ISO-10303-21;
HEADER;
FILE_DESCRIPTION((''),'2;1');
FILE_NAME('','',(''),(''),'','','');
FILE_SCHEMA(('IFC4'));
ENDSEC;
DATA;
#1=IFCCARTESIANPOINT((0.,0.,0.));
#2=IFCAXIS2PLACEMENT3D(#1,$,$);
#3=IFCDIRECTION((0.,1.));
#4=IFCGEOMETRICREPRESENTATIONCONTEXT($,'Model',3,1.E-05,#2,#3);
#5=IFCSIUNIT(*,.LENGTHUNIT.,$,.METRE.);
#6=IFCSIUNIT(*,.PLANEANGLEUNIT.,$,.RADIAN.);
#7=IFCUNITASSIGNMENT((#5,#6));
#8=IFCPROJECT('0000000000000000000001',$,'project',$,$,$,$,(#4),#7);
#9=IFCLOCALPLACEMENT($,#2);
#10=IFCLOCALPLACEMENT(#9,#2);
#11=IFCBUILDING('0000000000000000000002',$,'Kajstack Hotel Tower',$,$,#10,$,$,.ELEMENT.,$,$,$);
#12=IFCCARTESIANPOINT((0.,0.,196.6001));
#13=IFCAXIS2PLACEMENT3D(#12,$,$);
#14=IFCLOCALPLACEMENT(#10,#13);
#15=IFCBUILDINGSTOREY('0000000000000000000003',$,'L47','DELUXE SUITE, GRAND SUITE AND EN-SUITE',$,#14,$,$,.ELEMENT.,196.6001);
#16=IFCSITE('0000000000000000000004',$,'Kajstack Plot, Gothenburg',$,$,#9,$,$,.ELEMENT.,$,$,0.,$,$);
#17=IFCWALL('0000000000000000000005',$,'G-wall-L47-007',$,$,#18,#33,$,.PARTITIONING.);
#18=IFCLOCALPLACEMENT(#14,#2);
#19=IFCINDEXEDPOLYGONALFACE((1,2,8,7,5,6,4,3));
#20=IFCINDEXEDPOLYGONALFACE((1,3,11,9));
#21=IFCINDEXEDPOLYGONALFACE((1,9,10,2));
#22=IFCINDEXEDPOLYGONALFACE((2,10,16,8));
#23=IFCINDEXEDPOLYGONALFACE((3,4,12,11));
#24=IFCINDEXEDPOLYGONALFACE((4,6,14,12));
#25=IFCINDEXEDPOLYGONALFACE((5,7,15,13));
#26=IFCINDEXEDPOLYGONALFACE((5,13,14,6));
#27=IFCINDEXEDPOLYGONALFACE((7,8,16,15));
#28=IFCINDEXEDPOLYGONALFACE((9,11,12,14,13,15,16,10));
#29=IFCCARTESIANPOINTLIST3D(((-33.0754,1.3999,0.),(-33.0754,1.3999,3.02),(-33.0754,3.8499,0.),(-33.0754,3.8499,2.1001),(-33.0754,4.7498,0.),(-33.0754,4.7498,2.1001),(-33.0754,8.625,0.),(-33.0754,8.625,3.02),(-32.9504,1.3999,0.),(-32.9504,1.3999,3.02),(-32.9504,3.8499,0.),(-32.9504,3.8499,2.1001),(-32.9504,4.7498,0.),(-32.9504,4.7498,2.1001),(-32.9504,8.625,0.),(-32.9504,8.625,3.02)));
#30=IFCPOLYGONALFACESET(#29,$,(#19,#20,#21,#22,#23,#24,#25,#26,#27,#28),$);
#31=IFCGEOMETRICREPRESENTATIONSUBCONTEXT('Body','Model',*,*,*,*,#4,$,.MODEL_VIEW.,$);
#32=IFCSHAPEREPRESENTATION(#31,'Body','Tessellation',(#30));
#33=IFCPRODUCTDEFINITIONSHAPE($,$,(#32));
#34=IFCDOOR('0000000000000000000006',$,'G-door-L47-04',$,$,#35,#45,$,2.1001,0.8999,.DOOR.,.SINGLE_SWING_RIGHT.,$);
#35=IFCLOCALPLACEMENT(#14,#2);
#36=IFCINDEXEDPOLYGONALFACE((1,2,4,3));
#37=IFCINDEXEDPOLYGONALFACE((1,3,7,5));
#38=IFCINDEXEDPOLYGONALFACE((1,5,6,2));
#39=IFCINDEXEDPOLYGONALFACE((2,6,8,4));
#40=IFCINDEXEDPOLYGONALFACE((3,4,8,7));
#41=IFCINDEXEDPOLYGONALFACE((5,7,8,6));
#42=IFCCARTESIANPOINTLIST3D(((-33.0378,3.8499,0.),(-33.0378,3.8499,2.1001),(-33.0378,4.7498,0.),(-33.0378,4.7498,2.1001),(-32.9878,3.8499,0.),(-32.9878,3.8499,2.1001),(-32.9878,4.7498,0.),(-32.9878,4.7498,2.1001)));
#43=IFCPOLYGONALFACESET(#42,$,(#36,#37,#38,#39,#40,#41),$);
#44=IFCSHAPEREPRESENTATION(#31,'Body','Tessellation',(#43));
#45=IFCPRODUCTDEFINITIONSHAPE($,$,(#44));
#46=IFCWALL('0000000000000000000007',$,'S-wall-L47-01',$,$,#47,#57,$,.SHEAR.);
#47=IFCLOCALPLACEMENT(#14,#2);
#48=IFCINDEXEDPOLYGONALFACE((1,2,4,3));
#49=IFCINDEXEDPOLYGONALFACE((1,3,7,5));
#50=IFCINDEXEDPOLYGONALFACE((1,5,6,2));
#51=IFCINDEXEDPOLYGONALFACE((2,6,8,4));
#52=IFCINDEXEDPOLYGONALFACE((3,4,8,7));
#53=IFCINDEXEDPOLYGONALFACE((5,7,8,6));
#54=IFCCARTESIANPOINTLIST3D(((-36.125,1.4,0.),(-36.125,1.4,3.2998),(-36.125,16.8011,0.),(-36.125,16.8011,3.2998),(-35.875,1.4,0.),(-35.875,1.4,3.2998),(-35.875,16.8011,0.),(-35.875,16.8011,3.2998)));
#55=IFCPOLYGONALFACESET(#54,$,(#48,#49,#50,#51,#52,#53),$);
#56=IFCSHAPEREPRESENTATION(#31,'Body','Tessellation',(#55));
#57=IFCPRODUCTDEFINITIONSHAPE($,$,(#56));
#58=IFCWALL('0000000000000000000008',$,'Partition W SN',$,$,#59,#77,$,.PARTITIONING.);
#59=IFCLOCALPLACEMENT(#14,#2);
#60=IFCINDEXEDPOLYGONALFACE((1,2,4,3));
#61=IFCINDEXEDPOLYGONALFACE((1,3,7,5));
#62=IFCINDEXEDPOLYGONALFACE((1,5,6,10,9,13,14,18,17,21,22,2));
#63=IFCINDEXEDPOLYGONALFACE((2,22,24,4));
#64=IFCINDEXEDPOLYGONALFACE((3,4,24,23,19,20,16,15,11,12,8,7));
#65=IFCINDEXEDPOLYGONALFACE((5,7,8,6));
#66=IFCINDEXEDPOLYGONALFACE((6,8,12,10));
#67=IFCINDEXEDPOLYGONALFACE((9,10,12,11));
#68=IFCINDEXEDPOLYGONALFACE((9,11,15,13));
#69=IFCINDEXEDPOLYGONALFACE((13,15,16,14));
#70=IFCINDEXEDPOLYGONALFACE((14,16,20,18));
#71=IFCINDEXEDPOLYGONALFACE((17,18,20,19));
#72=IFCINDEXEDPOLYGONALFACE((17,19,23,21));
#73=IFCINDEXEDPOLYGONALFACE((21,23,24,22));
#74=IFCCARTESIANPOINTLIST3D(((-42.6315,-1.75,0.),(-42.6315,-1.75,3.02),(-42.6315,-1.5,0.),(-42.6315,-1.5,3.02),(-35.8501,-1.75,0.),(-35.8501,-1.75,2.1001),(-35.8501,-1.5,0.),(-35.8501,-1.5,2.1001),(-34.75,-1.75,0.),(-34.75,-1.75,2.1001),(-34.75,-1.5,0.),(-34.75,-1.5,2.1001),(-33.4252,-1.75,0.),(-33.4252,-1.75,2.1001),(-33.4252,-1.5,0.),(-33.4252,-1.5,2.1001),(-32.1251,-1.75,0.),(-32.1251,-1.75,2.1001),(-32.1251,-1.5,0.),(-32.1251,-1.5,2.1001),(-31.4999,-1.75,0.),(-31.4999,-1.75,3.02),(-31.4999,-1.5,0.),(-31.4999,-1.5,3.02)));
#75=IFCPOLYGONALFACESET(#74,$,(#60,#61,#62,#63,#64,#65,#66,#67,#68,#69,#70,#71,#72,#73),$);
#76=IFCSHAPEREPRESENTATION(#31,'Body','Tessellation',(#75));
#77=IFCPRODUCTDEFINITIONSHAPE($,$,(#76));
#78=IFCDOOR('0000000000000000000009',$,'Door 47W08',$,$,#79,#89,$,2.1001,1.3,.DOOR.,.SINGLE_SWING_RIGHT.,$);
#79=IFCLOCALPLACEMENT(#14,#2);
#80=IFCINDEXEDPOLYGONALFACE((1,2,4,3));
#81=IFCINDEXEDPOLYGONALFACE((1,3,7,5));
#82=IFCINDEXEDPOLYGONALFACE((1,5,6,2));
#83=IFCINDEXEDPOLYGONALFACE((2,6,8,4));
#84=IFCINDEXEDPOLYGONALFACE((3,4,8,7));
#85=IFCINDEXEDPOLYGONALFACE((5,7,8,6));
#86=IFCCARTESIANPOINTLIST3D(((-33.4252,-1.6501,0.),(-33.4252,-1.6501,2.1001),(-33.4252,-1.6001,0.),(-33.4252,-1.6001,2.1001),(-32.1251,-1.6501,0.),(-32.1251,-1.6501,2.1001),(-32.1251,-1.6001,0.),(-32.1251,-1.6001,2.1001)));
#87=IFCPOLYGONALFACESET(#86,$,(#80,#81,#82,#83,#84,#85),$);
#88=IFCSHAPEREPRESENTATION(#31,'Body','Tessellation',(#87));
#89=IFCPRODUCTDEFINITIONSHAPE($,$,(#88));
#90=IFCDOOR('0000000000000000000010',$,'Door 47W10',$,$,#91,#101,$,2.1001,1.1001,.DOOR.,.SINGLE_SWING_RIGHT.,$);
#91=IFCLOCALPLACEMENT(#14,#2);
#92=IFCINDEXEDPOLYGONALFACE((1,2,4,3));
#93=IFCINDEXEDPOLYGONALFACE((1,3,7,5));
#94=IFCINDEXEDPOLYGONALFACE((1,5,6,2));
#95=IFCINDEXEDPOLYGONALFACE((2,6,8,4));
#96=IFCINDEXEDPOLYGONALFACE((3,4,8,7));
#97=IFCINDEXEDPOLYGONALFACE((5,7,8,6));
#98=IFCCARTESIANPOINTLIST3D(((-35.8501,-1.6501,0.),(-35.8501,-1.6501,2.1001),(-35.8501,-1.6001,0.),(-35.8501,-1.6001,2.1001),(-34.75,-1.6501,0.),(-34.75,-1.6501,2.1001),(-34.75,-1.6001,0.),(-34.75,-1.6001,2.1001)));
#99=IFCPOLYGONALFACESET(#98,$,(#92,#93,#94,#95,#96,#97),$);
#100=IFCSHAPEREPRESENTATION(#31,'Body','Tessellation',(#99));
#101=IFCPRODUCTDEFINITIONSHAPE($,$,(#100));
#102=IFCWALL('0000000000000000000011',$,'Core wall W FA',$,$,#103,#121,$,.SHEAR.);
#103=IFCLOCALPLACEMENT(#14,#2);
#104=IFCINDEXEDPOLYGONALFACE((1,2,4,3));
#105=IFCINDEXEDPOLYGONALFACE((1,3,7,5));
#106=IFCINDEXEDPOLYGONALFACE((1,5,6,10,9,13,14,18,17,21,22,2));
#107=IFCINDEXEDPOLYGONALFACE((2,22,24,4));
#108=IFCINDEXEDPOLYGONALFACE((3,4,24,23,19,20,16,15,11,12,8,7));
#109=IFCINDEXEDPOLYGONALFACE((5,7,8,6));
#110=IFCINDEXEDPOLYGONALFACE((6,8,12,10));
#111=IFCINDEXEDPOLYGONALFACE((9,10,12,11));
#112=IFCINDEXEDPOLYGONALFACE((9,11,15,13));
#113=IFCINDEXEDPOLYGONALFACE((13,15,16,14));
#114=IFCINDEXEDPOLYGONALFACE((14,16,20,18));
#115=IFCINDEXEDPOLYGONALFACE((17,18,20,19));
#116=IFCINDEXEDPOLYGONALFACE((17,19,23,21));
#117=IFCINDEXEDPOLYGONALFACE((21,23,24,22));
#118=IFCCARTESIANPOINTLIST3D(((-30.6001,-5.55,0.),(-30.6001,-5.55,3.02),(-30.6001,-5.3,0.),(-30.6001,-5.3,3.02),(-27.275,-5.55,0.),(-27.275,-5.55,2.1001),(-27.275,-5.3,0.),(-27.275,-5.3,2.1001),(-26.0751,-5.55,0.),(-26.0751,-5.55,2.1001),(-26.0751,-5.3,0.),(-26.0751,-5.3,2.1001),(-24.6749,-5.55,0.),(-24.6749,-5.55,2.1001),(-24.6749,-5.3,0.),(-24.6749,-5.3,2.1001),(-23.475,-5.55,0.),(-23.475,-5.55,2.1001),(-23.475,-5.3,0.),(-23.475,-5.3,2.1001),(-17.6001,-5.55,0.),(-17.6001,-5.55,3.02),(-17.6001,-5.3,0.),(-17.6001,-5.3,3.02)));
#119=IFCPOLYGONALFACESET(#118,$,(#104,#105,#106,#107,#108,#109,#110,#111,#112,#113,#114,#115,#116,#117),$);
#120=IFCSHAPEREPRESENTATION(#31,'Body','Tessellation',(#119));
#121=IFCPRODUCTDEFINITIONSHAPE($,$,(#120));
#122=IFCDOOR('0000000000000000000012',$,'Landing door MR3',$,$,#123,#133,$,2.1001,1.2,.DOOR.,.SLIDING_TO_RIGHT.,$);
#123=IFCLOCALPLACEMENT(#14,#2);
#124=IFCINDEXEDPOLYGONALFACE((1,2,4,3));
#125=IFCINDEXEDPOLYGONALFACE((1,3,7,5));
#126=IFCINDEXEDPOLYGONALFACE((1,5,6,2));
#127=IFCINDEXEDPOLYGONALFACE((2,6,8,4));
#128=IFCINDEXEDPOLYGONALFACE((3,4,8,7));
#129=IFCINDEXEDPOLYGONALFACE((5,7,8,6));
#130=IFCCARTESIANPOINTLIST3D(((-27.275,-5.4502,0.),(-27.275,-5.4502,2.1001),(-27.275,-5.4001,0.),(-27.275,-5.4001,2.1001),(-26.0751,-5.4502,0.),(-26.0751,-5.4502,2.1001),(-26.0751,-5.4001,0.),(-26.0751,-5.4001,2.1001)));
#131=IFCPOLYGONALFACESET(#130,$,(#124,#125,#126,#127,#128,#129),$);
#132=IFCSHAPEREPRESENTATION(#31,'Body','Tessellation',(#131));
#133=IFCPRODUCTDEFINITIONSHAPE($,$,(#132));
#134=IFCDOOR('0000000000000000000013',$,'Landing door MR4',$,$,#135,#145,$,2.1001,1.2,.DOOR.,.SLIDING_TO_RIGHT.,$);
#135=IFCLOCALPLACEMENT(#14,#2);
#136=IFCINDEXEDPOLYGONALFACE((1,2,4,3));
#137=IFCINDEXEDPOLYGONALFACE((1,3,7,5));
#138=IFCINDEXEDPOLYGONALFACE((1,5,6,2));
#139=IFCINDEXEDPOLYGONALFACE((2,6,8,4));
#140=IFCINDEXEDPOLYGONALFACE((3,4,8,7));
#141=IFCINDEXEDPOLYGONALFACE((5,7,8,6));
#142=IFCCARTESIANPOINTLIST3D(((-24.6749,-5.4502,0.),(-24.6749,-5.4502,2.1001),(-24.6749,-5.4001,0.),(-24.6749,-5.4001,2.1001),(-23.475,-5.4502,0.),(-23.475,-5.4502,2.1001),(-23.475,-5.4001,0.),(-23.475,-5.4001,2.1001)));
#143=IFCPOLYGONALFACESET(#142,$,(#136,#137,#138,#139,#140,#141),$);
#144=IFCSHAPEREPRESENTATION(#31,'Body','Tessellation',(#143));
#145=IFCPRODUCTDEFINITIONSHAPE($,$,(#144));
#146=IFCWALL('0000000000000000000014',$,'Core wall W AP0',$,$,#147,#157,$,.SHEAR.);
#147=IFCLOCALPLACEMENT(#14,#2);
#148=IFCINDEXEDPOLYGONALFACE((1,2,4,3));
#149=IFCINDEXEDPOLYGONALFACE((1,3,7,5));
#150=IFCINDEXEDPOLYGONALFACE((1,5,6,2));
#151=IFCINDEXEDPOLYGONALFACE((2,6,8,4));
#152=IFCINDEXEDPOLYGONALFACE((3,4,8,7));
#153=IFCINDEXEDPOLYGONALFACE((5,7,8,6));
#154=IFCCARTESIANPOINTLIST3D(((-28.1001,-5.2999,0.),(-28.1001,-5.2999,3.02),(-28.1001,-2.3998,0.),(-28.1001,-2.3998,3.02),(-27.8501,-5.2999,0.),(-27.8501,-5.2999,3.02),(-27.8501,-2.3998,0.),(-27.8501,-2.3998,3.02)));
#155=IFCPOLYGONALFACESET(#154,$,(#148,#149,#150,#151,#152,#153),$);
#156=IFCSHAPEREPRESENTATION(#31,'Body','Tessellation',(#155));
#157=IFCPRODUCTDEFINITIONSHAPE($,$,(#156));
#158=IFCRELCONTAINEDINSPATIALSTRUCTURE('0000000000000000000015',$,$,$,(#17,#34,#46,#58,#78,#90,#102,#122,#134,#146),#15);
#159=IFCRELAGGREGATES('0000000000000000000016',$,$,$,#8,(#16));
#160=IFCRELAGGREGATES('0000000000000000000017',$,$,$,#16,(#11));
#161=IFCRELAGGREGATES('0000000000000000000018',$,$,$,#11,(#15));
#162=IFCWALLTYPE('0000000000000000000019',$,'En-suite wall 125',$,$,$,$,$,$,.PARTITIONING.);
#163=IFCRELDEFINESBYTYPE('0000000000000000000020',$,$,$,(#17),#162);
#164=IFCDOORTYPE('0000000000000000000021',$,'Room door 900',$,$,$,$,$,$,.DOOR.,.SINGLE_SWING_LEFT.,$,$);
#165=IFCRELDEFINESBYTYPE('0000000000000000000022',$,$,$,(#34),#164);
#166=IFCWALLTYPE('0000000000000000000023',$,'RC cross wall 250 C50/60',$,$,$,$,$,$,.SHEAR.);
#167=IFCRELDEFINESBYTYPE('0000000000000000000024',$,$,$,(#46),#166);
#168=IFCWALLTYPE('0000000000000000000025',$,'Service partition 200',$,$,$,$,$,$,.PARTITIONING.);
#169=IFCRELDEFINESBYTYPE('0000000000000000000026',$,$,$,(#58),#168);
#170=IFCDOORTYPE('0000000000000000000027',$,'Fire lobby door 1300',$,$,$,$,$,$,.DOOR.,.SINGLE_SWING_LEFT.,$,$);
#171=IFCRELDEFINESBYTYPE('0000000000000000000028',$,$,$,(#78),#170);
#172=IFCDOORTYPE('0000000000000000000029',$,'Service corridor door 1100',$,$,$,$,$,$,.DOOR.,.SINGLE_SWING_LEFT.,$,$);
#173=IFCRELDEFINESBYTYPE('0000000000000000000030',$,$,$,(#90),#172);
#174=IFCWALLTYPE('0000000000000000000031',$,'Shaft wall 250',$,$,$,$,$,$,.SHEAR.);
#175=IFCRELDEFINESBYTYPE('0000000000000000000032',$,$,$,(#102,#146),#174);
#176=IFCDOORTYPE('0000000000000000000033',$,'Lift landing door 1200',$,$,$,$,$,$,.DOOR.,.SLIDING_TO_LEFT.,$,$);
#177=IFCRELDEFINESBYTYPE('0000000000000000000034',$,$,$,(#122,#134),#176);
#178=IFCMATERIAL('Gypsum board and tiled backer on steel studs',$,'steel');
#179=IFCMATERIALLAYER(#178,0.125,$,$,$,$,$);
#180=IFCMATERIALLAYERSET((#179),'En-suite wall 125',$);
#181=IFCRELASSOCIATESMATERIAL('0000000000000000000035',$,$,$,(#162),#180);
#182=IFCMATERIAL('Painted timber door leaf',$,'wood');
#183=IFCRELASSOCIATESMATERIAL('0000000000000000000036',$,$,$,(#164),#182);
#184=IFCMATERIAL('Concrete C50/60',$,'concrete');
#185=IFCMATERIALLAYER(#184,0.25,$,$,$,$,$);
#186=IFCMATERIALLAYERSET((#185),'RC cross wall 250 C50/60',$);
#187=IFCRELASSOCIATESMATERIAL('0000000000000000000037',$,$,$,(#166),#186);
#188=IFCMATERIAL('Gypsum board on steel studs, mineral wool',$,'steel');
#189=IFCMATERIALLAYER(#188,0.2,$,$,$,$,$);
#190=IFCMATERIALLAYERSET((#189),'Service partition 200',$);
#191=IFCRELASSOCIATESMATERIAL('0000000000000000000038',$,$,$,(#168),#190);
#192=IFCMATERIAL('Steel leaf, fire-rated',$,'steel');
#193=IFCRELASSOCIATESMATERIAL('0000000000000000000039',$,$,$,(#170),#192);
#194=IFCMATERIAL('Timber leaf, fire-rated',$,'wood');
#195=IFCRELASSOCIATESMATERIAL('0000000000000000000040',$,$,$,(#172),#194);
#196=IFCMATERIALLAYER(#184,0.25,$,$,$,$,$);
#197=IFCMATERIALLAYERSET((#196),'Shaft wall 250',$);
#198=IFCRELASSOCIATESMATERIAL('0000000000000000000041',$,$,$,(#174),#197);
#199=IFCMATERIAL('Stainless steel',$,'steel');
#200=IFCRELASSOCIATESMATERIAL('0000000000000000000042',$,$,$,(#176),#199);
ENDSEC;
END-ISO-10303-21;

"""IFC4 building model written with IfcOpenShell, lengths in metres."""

from ifc_helpers import new_model, si_unit, direction, frame, frame_2d, origin, place, context, subcontext, project, spatial, rectangle, extrude, material, layer, layer_set, type_object, element, fill, save


model = new_model("IFC4")

# Units and contexts
model_context = context("Model", 3, precision=1e-05, world=origin(), true_north=direction((0.0, 1.0)))
body_context = subcontext(model_context, "Body", "Model", "MODEL_VIEW")
ifc_project = project(units=[si_unit("LENGTHUNIT", "METRE"), si_unit("PLANEANGLEUNIT", "RADIAN")], contexts=[model_context])

# Site, building, storey
site_placement = place(None, origin())
site = spatial("IfcSite", under=ifc_project, at=site_placement, Name="Kajstack Plot, Gothenburg", CompositionType="ELEMENT", RefElevation=0.0)
building_placement = place(site_placement, origin())
building = spatial("IfcBuilding", under=site, at=building_placement, Name="Kajstack Hotel Tower", CompositionType="ELEMENT")
storey_placement = place(building_placement, frame((0.0, 0.0, 196.6001)))
storey = spatial("IfcBuildingStorey", under=building, at=storey_placement, Name="L47", Description="DELUXE SUITE, GRAND SUITE AND EN-SUITE", CompositionType="ELEMENT", Elevation=196.6001)

# Shared definitions
ifc_material_1 = material(Name="Gypsum board on steel studs, mineral wool", Category="steel")

# Wall, opening, door
ifc_material_2 = material(Name="Gypsum board and tiled backer on steel studs", Category="steel")
ifc_layer_1 = layer(ifc_material_2, 0.125)
ifc_layer_set_1 = layer_set([ifc_layer_1], Name="En-suite wall 125")
wall_type_1 = type_object("IfcWallType", Name="En-suite wall 125", PredefinedType="PARTITIONING", material=ifc_layer_set_1)
ifc_material_3 = material(Name="Painted timber door leaf", Category="wood")
door_type_1 = type_object("IfcDoorType", Name="Room door 900", OperationType="SINGLE_SWING_LEFT", PredefinedType="DOOR", material=ifc_material_3)
wall_1_placement = place(storey_placement, frame((-33.0129, 1.3999, 0.0), z_axis=(0.0, 0.0, 1.0), x_axis=(0.0, 1.0, 0.0)))
wall_1 = element("IfcWall", 1, at=wall_1_placement, inside=storey, type_object=wall_type_1, Name="G-wall-L47-007", PredefinedType="PARTITIONING", context=body_context, shape_type="SweptSolid", body=[
    extrude(rectangle(XDim=7.2251, YDim=0.125, at=frame_2d((3.6125, 0.0))), origin(), (0.0, 0.0, 1.0), 3.02),
])
opening_1_placement = place(wall_1_placement, frame((2.45, 0.0, 0.0)))
opening_1 = element("IfcOpeningElement", 2, at=opening_1_placement, cuts=wall_1, PredefinedType="OPENING", context=body_context, shape_type="SweptSolid", body=[
    extrude(rectangle(XDim=0.8999, YDim=2.1001, at=frame_2d((0.45, 1.05))), frame((0.0, 0.0725, 0.0), z_axis=(0.0, -1.0, 0.0), x_axis=(1.0, 0.0, 0.0)), (0.0, 0.0, 1.0), 0.145),
])
door_1_placement = place(opening_1_placement, origin())
door_1 = element("IfcDoor", 3, at=door_1_placement, inside=storey, type_object=door_type_1, Name="G-door-L47-04", OperationType="SINGLE_SWING_RIGHT", OverallHeight=2.1001, OverallWidth=0.8999, PredefinedType="DOOR", context=body_context, shape_type="SweptSolid", body=[
    extrude(rectangle(XDim=0.8999, YDim=2.1001, at=frame_2d((0.45, 1.05))), frame((0.0, 0.0249, 0.0), z_axis=(0.0, -1.0, 0.0), x_axis=(1.0, 0.0, 0.0)), (0.0, 0.0, 1.0), 0.05),
])
fill(opening_1, door_1)

# Wall
ifc_material_4 = material(Name="Concrete C50/60", Category="concrete")
ifc_layer_2 = layer(ifc_material_4, 0.25)
ifc_layer_set_2 = layer_set([ifc_layer_2], Name="RC cross wall 250 C50/60")
wall_type_2 = type_object("IfcWallType", Name="RC cross wall 250 C50/60", PredefinedType="SHEAR", material=ifc_layer_set_2)
wall_2_placement = place(storey_placement, frame((-36.0, 1.3999, 0.0), z_axis=(0.0, 0.0, 1.0), x_axis=(0.0, 1.0, 0.0)))
element("IfcWall", 4, at=wall_2_placement, inside=storey, type_object=wall_type_2, Name="S-wall-L47-01", PredefinedType="SHEAR", context=body_context, shape_type="SweptSolid", body=[
    extrude(rectangle(XDim=15.4011, YDim=0.25, at=frame_2d((7.7007, 0.0))), origin(), (0.0, 0.0, 1.0), 3.2998),
])

# Walls, openings, doors
ifc_layer_3 = layer(ifc_material_1, 0.2)
ifc_layer_set_3 = layer_set([ifc_layer_3], Name="Service partition 200")
wall_type_3 = type_object("IfcWallType", Name="Service partition 200", PredefinedType="PARTITIONING", material=ifc_layer_set_3)
wall_3_placement = place(storey_placement, frame((-42.6316, -1.625, 0.0), z_axis=(0.0, 0.0, 1.0), x_axis=(1.0, 0.0, 0.0)))
wall_3 = element("IfcWall", 5, at=wall_3_placement, inside=storey, type_object=wall_type_3, Name="Partition W SN", PredefinedType="PARTITIONING", context=body_context, shape_type="SweptSolid", body=[
    extrude(rectangle(XDim=11.1316, YDim=0.25, at=frame_2d((5.5659, 0.0))), origin(), (0.0, 0.0, 1.0), 3.02),
])
opening_2_placement = place(wall_3_placement, frame((9.2065, 0.0, 0.0)))
opening_2 = element("IfcOpeningElement", 6, at=opening_2_placement, cuts=wall_3, PredefinedType="OPENING", context=body_context, shape_type="SweptSolid", body=[
    extrude(rectangle(XDim=1.3, YDim=2.1001, at=frame_2d((0.6499, 1.05))), frame((0.0, 0.135, 0.0), z_axis=(0.0, -1.0, 0.0), x_axis=(1.0, 0.0, 0.0)), (0.0, 0.0, 1.0), 0.27),
])
opening_3_placement = place(wall_3_placement, frame((6.7815, 0.0, 0.0)))
opening_3 = element("IfcOpeningElement", 7, at=opening_3_placement, cuts=wall_3, PredefinedType="OPENING", context=body_context, shape_type="SweptSolid", body=[
    extrude(rectangle(XDim=1.1001, YDim=2.1001, at=frame_2d((0.55, 1.05))), frame((0.0, 0.135, 0.0), z_axis=(0.0, -1.0, 0.0), x_axis=(1.0, 0.0, 0.0)), (0.0, 0.0, 1.0), 0.27),
])
ifc_material_5 = material(Name="Steel leaf, fire-rated", Category="steel")
door_type_2 = type_object("IfcDoorType", Name="Fire lobby door 1300", OperationType="SINGLE_SWING_LEFT", PredefinedType="DOOR", material=ifc_material_5)
door_2_placement = place(opening_2_placement, origin())
door_2 = element("IfcDoor", 8, at=door_2_placement, inside=storey, type_object=door_type_2, Name="Door 47W08", OperationType="SINGLE_SWING_RIGHT", OverallHeight=2.1001, OverallWidth=1.3, PredefinedType="DOOR", context=body_context, shape_type="SweptSolid", body=[
    extrude(rectangle(XDim=1.3, YDim=2.1001, at=frame_2d((0.6499, 1.05))), frame((0.0, 0.0249, 0.0), z_axis=(0.0, -1.0, 0.0), x_axis=(1.0, 0.0, 0.0)), (0.0, 0.0, 1.0), 0.05),
])
fill(opening_2, door_2)
ifc_material_6 = material(Name="Timber leaf, fire-rated", Category="wood")
door_type_3 = type_object("IfcDoorType", Name="Service corridor door 1100", OperationType="SINGLE_SWING_LEFT", PredefinedType="DOOR", material=ifc_material_6)
door_3_placement = place(opening_3_placement, origin())
door_3 = element("IfcDoor", 9, at=door_3_placement, inside=storey, type_object=door_type_3, Name="Door 47W10", OperationType="SINGLE_SWING_RIGHT", OverallHeight=2.1001, OverallWidth=1.1001, PredefinedType="DOOR", context=body_context, shape_type="SweptSolid", body=[
    extrude(rectangle(XDim=1.1001, YDim=2.1001, at=frame_2d((0.55, 1.05))), frame((0.0, 0.0249, 0.0), z_axis=(0.0, -1.0, 0.0), x_axis=(1.0, 0.0, 0.0)), (0.0, 0.0, 1.0), 0.05),
])
fill(opening_3, door_3)
ifc_layer_4 = layer(ifc_material_4, 0.25)
ifc_layer_set_4 = layer_set([ifc_layer_4], Name="Shaft wall 250")
wall_type_4 = type_object("IfcWallType", Name="Shaft wall 250", PredefinedType="SHEAR", material=ifc_layer_set_4)
wall_4_placement = place(storey_placement, frame((-30.6001, -5.425, 0.0), z_axis=(0.0, 0.0, 1.0), x_axis=(1.0, 0.0, 0.0)))
wall_4 = element("IfcWall", 10, at=wall_4_placement, inside=storey, type_object=wall_type_4, Name="Core wall W FA", PredefinedType="SHEAR", context=body_context, shape_type="SweptSolid", body=[
    extrude(rectangle(XDim=13.0, YDim=0.25, at=frame_2d((6.5, 0.0))), origin(), (0.0, 0.0, 1.0), 3.02),
])
opening_4_placement = place(wall_4_placement, frame((3.325, 0.0, 0.0)))
opening_4 = element("IfcOpeningElement", 11, at=opening_4_placement, cuts=wall_4, PredefinedType="OPENING", context=body_context, shape_type="SweptSolid", body=[
    extrude(rectangle(XDim=1.2, YDim=2.1001, at=frame_2d((0.6001, 1.05))), frame((0.0, 0.135, 0.0), z_axis=(0.0, -1.0, 0.0), x_axis=(1.0, 0.0, 0.0)), (0.0, 0.0, 1.0), 0.27),
])
opening_5_placement = place(wall_4_placement, frame((5.925, 0.0, 0.0)))
opening_5 = element("IfcOpeningElement", 12, at=opening_5_placement, cuts=wall_4, PredefinedType="OPENING", context=body_context, shape_type="SweptSolid", body=[
    extrude(rectangle(XDim=1.2, YDim=2.1001, at=frame_2d((0.6001, 1.05))), frame((0.0, 0.135, 0.0), z_axis=(0.0, -1.0, 0.0), x_axis=(1.0, 0.0, 0.0)), (0.0, 0.0, 1.0), 0.27),
])
ifc_material_7 = material(Name="Stainless steel", Category="steel")
door_type_4 = type_object("IfcDoorType", Name="Lift landing door 1200", OperationType="SLIDING_TO_LEFT", PredefinedType="DOOR", material=ifc_material_7)
door_4_placement = place(opening_4_placement, origin())
door_4 = element("IfcDoor", 13, at=door_4_placement, inside=storey, type_object=door_type_4, Name="Landing door MR3", OperationType="SLIDING_TO_RIGHT", OverallHeight=2.1001, OverallWidth=1.2, PredefinedType="DOOR", context=body_context, shape_type="SweptSolid", body=[
    extrude(rectangle(XDim=1.2, YDim=2.1001, at=frame_2d((0.6001, 1.05))), frame((0.0, 0.0249, 0.0), z_axis=(0.0, -1.0, 0.0), x_axis=(1.0, 0.0, 0.0)), (0.0, 0.0, 1.0), 0.05),
])
fill(opening_4, door_4)
door_5_placement = place(opening_5_placement, origin())
door_5 = element("IfcDoor", 14, at=door_5_placement, inside=storey, type_object=door_type_4, Name="Landing door MR4", OperationType="SLIDING_TO_RIGHT", OverallHeight=2.1001, OverallWidth=1.2, PredefinedType="DOOR", context=body_context, shape_type="SweptSolid", body=[
    extrude(rectangle(XDim=1.2, YDim=2.1001, at=frame_2d((0.6001, 1.05))), frame((0.0, 0.0249, 0.0), z_axis=(0.0, -1.0, 0.0), x_axis=(1.0, 0.0, 0.0)), (0.0, 0.0, 1.0), 0.05),
])
fill(opening_5, door_5)

# Wall
wall_5_placement = place(storey_placement, frame((-27.9751, -5.3, 0.0), z_axis=(0.0, 0.0, 1.0), x_axis=(0.0, 1.0, 0.0)))
element("IfcWall", 15, at=wall_5_placement, inside=storey, type_object=wall_type_4, Name="Core wall W AP0", PredefinedType="SHEAR", context=body_context, shape_type="SweptSolid", body=[
    extrude(rectangle(XDim=2.9001, YDim=0.25, at=frame_2d((1.4502, 0.0))), origin(), (0.0, 0.0, 1.0), 3.02),
])

save(model, "model.ifc")
